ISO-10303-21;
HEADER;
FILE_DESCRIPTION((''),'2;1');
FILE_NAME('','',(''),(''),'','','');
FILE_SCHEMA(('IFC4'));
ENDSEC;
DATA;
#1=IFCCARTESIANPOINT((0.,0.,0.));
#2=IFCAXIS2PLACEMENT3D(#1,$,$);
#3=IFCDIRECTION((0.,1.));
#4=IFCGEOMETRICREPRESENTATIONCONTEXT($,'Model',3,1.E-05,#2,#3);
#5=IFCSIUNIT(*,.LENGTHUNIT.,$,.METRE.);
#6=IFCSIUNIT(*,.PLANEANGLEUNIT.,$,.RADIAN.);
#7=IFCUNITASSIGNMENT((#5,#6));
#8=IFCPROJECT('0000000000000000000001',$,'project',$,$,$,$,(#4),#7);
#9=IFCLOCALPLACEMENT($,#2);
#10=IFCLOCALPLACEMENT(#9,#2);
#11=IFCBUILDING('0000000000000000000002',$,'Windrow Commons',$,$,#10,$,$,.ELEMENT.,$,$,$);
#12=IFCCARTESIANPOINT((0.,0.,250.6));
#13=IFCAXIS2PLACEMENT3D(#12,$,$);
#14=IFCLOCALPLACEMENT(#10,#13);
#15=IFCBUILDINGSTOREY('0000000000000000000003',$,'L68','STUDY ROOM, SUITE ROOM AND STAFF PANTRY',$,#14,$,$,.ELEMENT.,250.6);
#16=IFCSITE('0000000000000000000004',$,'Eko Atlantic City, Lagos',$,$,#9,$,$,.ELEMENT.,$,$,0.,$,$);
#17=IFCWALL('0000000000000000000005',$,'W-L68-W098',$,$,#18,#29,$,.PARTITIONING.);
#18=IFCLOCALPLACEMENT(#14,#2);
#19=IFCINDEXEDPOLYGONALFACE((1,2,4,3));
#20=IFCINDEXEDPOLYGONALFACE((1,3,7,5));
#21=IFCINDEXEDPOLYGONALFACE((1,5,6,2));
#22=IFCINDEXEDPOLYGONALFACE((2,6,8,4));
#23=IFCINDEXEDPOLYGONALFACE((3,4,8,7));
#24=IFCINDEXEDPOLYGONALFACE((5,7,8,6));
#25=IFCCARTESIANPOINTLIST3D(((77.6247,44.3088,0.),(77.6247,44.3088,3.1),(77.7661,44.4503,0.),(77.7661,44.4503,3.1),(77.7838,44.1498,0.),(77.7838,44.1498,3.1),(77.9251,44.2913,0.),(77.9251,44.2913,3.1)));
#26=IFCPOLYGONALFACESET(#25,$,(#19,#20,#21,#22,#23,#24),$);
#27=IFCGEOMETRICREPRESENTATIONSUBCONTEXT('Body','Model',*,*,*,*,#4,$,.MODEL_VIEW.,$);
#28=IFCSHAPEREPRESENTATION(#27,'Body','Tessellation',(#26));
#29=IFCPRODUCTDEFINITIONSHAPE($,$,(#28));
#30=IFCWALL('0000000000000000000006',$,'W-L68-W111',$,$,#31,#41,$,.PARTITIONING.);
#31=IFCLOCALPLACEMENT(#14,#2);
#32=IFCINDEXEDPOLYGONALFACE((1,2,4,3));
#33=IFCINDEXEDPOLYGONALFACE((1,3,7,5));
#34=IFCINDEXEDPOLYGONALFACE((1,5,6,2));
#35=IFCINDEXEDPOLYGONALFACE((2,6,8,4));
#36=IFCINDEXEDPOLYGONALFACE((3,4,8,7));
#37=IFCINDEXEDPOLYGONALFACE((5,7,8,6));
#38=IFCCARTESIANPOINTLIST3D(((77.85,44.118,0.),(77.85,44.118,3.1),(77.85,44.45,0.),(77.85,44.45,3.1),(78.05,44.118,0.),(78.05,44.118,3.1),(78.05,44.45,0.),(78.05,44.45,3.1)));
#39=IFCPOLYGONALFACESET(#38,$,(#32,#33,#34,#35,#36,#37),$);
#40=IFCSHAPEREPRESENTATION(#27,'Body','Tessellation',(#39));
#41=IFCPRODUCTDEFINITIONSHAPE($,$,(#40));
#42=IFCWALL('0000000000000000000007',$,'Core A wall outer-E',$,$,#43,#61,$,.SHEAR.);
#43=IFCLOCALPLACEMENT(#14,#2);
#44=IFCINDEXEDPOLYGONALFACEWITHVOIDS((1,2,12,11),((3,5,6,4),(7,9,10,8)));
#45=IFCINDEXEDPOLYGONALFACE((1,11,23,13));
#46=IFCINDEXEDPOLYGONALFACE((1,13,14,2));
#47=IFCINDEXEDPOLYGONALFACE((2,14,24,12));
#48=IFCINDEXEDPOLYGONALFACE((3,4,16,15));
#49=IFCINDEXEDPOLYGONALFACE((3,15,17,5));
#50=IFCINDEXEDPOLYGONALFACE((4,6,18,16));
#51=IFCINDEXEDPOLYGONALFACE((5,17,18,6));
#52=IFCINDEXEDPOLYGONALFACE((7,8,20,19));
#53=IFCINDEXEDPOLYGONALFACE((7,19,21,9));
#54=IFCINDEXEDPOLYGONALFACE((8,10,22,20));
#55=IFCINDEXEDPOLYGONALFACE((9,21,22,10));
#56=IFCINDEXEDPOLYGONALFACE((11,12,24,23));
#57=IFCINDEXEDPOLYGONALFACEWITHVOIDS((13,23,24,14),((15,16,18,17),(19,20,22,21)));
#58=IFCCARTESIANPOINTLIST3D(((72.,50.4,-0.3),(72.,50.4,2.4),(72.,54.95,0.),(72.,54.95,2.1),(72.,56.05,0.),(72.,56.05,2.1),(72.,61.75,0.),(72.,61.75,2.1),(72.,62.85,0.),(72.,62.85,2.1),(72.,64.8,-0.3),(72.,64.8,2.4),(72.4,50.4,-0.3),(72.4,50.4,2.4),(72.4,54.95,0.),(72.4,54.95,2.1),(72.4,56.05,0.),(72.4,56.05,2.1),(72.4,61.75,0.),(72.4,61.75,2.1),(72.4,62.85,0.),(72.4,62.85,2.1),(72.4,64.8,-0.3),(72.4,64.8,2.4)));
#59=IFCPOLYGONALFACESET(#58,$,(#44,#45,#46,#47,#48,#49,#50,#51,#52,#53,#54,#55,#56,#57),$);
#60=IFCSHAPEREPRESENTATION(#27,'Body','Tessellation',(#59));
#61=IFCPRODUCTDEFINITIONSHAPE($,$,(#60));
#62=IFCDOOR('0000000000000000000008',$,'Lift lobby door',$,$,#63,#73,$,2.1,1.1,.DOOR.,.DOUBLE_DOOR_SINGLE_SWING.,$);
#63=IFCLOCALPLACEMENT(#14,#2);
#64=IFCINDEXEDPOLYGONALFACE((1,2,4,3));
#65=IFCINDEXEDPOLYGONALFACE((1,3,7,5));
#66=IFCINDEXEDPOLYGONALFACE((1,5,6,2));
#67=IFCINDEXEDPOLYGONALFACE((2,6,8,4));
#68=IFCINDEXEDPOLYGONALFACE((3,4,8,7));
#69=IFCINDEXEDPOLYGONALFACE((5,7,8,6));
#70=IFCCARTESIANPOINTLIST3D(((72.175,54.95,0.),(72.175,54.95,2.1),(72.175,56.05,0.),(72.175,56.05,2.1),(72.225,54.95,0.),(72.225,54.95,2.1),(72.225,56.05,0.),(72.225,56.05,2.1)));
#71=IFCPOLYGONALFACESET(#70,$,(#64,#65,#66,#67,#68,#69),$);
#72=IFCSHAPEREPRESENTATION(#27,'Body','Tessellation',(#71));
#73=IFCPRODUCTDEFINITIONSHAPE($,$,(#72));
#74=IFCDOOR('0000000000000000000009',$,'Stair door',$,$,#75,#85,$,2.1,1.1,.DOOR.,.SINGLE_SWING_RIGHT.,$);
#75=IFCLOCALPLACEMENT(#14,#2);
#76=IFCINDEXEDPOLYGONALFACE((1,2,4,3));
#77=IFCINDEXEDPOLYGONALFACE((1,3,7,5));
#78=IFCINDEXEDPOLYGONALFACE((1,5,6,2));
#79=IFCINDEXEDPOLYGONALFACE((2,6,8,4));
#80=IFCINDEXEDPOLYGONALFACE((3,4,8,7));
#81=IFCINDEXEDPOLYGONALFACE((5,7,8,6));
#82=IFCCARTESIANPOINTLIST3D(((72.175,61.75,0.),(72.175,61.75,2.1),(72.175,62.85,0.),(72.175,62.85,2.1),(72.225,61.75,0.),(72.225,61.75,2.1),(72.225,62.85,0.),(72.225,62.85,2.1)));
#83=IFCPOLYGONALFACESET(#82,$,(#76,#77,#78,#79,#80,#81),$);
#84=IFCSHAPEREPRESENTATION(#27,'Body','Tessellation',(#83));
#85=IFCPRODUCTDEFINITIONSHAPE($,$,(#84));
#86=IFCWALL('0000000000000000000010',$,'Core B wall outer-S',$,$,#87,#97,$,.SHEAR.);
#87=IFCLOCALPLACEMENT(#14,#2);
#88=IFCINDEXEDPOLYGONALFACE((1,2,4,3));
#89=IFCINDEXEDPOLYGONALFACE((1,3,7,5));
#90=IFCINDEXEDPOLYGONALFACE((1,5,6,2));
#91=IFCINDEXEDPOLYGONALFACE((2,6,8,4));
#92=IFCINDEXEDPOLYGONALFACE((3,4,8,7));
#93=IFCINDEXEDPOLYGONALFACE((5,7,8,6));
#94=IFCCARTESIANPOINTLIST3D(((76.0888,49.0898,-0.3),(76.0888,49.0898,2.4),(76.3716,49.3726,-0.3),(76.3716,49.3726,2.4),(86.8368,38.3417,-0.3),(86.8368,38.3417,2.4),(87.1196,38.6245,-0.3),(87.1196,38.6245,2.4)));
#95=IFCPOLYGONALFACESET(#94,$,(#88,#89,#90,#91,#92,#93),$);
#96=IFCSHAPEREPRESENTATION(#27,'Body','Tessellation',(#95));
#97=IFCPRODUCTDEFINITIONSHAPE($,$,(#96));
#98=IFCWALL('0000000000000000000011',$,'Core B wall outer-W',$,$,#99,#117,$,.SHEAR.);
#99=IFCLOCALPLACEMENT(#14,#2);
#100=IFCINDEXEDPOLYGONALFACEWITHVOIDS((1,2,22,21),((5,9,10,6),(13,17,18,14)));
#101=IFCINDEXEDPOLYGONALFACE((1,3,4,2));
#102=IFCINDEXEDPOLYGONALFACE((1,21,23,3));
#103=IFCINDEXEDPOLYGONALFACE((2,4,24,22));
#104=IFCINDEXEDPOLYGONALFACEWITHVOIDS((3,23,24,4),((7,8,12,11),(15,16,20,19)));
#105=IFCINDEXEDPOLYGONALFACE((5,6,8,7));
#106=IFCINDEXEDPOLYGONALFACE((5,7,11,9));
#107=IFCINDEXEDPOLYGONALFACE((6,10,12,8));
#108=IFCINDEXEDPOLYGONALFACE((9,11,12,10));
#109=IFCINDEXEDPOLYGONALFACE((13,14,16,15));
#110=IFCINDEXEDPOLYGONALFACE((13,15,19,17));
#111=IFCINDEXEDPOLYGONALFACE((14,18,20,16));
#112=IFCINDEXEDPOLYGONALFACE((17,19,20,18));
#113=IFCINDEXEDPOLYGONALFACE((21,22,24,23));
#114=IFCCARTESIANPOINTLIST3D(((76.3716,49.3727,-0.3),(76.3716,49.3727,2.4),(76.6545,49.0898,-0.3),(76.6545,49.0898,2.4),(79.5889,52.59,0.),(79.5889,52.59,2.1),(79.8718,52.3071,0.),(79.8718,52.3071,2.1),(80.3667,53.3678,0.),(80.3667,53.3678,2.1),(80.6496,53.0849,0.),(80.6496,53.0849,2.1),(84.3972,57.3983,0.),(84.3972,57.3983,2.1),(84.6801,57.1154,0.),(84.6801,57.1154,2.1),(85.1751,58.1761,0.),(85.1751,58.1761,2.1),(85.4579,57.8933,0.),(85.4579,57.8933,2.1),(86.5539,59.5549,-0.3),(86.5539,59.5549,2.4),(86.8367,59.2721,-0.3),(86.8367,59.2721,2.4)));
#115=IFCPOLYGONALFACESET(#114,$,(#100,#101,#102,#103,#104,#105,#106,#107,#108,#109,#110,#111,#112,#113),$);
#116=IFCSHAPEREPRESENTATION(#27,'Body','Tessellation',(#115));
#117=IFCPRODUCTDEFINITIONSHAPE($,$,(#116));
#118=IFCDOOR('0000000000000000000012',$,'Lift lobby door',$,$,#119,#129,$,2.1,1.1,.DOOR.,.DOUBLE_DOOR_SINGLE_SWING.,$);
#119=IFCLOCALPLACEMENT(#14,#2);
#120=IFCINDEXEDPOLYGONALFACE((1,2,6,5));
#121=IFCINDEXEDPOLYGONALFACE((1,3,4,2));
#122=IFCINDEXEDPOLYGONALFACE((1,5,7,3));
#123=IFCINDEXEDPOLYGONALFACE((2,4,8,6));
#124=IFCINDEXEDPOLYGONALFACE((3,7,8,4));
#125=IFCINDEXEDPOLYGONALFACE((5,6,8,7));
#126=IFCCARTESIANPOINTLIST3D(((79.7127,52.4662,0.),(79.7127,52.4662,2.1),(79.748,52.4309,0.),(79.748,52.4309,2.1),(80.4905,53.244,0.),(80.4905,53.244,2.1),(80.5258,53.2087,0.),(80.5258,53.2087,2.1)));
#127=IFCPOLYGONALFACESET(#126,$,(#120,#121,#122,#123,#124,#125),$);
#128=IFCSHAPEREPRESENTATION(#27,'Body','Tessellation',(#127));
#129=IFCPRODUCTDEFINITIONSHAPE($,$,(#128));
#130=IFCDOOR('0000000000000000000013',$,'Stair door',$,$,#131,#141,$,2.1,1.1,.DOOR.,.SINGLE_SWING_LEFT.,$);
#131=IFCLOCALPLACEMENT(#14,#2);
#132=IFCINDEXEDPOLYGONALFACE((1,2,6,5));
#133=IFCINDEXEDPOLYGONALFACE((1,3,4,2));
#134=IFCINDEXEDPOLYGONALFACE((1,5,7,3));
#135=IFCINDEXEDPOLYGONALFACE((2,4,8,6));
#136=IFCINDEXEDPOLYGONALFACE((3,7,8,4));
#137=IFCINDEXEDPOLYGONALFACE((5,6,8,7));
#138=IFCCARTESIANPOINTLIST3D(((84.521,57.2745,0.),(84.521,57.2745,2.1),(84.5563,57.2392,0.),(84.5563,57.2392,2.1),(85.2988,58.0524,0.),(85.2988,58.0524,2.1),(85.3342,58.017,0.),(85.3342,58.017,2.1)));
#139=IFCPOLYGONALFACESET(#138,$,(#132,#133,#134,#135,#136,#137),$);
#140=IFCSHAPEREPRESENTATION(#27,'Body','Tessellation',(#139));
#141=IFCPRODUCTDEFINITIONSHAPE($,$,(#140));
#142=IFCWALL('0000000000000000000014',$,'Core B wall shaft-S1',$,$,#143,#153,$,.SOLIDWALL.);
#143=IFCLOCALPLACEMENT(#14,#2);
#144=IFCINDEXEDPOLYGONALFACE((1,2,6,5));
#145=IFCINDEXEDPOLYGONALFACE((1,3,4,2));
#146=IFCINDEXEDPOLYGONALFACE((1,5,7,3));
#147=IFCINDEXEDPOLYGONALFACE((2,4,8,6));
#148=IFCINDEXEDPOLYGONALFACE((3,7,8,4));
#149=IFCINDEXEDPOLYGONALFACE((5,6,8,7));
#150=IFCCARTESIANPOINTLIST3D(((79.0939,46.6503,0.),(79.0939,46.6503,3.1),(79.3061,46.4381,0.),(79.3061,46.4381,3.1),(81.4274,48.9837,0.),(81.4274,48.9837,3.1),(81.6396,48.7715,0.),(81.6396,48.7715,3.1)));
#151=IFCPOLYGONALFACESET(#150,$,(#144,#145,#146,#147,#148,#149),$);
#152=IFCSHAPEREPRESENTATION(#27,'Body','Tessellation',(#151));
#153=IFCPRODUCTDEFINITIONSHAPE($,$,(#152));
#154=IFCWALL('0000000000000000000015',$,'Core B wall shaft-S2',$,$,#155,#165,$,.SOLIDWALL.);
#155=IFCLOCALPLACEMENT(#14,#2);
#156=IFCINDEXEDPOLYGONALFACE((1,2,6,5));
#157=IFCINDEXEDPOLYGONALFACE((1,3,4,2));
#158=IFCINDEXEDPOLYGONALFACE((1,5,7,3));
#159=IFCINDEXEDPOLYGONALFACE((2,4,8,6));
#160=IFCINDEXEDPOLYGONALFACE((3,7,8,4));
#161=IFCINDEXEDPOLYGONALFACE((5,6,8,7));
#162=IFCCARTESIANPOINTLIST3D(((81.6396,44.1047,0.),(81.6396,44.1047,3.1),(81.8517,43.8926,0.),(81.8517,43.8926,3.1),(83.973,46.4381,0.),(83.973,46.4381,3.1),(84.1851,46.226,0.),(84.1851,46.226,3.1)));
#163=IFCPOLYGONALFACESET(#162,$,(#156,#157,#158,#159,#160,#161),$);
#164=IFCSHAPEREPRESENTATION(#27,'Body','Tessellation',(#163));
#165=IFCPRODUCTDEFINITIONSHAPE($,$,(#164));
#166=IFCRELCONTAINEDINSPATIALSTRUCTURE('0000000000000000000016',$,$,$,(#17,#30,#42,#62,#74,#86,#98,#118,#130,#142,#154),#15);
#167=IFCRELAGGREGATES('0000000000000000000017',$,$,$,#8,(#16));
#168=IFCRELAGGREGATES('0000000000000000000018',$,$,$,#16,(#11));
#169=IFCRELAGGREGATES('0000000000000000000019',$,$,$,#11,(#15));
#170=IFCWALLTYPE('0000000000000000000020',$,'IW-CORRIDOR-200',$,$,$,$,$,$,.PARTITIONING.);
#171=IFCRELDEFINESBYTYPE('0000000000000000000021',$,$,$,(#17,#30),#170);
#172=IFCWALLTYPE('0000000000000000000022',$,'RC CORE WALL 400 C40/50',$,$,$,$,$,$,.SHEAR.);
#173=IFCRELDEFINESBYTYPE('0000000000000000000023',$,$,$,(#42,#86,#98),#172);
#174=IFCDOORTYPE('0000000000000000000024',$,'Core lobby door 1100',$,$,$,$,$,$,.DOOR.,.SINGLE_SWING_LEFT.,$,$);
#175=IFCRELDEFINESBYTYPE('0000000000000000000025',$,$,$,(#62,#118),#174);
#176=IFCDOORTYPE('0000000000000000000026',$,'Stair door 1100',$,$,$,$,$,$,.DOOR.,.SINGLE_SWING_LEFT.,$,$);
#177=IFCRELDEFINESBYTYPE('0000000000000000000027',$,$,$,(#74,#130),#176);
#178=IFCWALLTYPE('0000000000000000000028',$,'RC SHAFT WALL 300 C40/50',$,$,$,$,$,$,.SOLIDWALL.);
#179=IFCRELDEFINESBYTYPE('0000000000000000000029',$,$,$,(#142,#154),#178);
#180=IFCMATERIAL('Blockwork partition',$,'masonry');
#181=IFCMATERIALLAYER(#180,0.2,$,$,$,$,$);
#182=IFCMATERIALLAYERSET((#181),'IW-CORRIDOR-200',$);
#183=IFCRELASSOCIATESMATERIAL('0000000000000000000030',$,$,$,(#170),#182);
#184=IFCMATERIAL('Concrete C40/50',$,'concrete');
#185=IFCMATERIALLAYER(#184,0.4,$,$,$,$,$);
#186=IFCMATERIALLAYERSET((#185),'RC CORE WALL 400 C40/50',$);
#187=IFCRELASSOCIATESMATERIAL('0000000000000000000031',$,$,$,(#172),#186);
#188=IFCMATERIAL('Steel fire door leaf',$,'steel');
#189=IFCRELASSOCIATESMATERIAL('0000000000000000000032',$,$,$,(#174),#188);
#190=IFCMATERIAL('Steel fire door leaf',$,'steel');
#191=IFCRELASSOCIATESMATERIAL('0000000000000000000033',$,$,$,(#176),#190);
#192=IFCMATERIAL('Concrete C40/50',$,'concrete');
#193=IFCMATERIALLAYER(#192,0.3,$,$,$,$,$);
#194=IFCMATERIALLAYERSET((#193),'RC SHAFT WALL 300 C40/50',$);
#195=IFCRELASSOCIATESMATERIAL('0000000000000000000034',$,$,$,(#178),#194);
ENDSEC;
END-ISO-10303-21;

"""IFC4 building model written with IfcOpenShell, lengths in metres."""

from ifc_helpers import new_model, si_unit, direction, frame, frame_2d, origin, place, context, subcontext, project, spatial, rectangle, extrude, material, layer, layer_set, type_object, element, fill, save


model = new_model("IFC4")

# Units and contexts
model_context = context("Model", 3, precision=1e-05, world=origin(), true_north=direction((0.0, 1.0)))
body_context = subcontext(model_context, "Body", "Model", "MODEL_VIEW")
ifc_project = project(units=[si_unit("LENGTHUNIT", "METRE"), si_unit("PLANEANGLEUNIT", "RADIAN")], contexts=[model_context])

# Site, building, storey
site_placement = place(None, origin())
site = spatial("IfcSite", under=ifc_project, at=site_placement, Name="Eko Atlantic City, Lagos", CompositionType="ELEMENT", RefElevation=0.0)
building_placement = place(site_placement, origin())
building = spatial("IfcBuilding", under=site, at=building_placement, Name="Windrow Commons", CompositionType="ELEMENT")
storey_placement = place(building_placement, frame((0.0, 0.0, 250.6)))
storey = spatial("IfcBuildingStorey", under=building, at=storey_placement, Name="L68", Description="STUDY ROOM, SUITE ROOM AND STAFF PANTRY", CompositionType="ELEMENT", Elevation=250.6)

# Shared definitions
ifc_material_1 = material(Name="Blockwork partition", Category="masonry")
ifc_layer_1 = layer(ifc_material_1, 0.2)
ifc_layer_set_1 = layer_set([ifc_layer_1], Name="IW-CORRIDOR-200")
wall_type_1 = type_object("IfcWallType", Name="IW-CORRIDOR-200", PredefinedType="PARTITIONING", material=ifc_layer_set_1)

# Walls
wall_1_placement = place(storey_placement, frame((77.6954, 44.3795, 0.0), z_axis=(0.0, 0.0, 1.0), x_axis=(0.707329, -0.706884, 0.0)))
element("IfcWall", 1, at=wall_1_placement, inside=storey, type_object=wall_type_1, Name="W-L68-W098", PredefinedType="PARTITIONING", context=body_context, shape_type="SweptSolid", body=[
    extrude(rectangle(XDim=0.2249, YDim=0.2, at=frame_2d((0.1124, 0.0))), origin(), (0.0, 0.0, 1.0), 3.1),
])
wall_2_placement = place(storey_placement, frame((77.95, 44.118, 0.0), z_axis=(0.0, 0.0, 1.0), x_axis=(0.0, 1.0, 0.0)))
element("IfcWall", 2, at=wall_2_placement, inside=storey, type_object=wall_type_1, Name="W-L68-W111", PredefinedType="PARTITIONING", context=body_context, shape_type="SweptSolid", body=[
    extrude(rectangle(XDim=0.332, YDim=0.2, at=frame_2d((0.166, 0.0))), origin(), (0.0, 0.0, 1.0), 3.1),
])

# Wall, openings, doors
ifc_material_2 = material(Name="Concrete C40/50", Category="concrete")
ifc_layer_2 = layer(ifc_material_2, 0.4)
ifc_layer_set_2 = layer_set([ifc_layer_2], Name="RC CORE WALL 400 C40/50")
wall_type_2 = type_object("IfcWallType", Name="RC CORE WALL 400 C40/50", PredefinedType="SHEAR", material=ifc_layer_set_2)
wall_3_placement = place(storey_placement, frame((72.2, 50.4, -0.3), z_axis=(0.0, 0.0, 1.0), x_axis=(0.0, 1.0, 0.0)))
wall_3 = element("IfcWall", 3, at=wall_3_placement, inside=storey, type_object=wall_type_2, Name="Core A wall outer-E", PredefinedType="SHEAR", context=body_context, shape_type="SweptSolid", body=[
    extrude(rectangle(XDim=14.4, YDim=0.4, at=frame_2d((7.2, 0.0))), origin(), (0.0, 0.0, 1.0), 2.7),
])
opening_1_placement = place(wall_3_placement, frame((4.55, 0.0, 0.3)))
opening_1 = element("IfcOpeningElement", 4, at=opening_1_placement, cuts=wall_3, PredefinedType="OPENING", context=body_context, shape_type="SweptSolid", body=[
    extrude(rectangle(XDim=1.1, YDim=2.1, at=frame_2d((0.55, 1.05))), frame((0.0, 0.21, 0.0), z_axis=(0.0, -1.0, 0.0), x_axis=(1.0, 0.0, 0.0)), (0.0, 0.0, 1.0), 0.42),
])
opening_2_placement = place(wall_3_placement, frame((11.35, 0.0, 0.3)))
opening_2 = element("IfcOpeningElement", 5, at=opening_2_placement, cuts=wall_3, PredefinedType="OPENING", context=body_context, shape_type="SweptSolid", body=[
    extrude(rectangle(XDim=1.1, YDim=2.1, at=frame_2d((0.55, 1.05))), frame((0.0, 0.21, 0.0), z_axis=(0.0, -1.0, 0.0), x_axis=(1.0, 0.0, 0.0)), (0.0, 0.0, 1.0), 0.42),
])
ifc_material_3 = material(Name="Steel fire door leaf", Category="steel")
door_type_1 = type_object("IfcDoorType", Name="Core lobby door 1100", OperationType="SINGLE_SWING_LEFT", PredefinedType="DOOR", material=ifc_material_3)
door_1_placement = place(opening_1_placement, origin())
door_1 = element("IfcDoor", 6, at=door_1_placement, inside=storey, type_object=door_type_1, Name="Lift lobby door", OperationType="DOUBLE_DOOR_SINGLE_SWING", OverallHeight=2.1, OverallWidth=1.1, PredefinedType="DOOR", context=body_context, shape_type="SweptSolid", body=[
    extrude(rectangle(XDim=1.1, YDim=2.1, at=frame_2d((0.55, 1.05))), frame((0.0, 0.025, 0.0), z_axis=(0.0, -1.0, 0.0), x_axis=(1.0, 0.0, 0.0)), (0.0, 0.0, 1.0), 0.05),
])
fill(opening_1, door_1)
ifc_material_4 = material(Name="Steel fire door leaf", Category="steel")
door_type_2 = type_object("IfcDoorType", Name="Stair door 1100", OperationType="SINGLE_SWING_LEFT", PredefinedType="DOOR", material=ifc_material_4)
door_2_placement = place(opening_2_placement, origin())
door_2 = element("IfcDoor", 7, at=door_2_placement, inside=storey, type_object=door_type_2, Name="Stair door", OperationType="SINGLE_SWING_RIGHT", OverallHeight=2.1, OverallWidth=1.1, PredefinedType="DOOR", context=body_context, shape_type="SweptSolid", body=[
    extrude(rectangle(XDim=1.1, YDim=2.1, at=frame_2d((0.55, 1.05))), frame((0.0, 0.025, 0.0), z_axis=(0.0, -1.0, 0.0), x_axis=(1.0, 0.0, 0.0)), (0.0, 0.0, 1.0), 0.05),
])
fill(opening_2, door_2)

# Wall
wall_4_placement = place(storey_placement, frame((76.2302, 49.2312, -0.3), z_axis=(0.0, 0.0, 1.0), x_axis=(0.707103, -0.70711, 0.0)))
element("IfcWall", 8, at=wall_4_placement, inside=storey, type_object=wall_type_2, Name="Core B wall outer-S", PredefinedType="SHEAR", context=body_context, shape_type="SweptSolid", body=[
    extrude(rectangle(XDim=15.2, YDim=0.4, at=frame_2d((7.6, 0.0))), origin(), (0.0, 0.0, 1.0), 2.7),
])

# Wall, openings, doors
wall_5_placement = place(storey_placement, frame((76.513, 49.2312, -0.3), z_axis=(0.0, 0.0, 1.0), x_axis=(0.707107, 0.707107, 0.0)))
wall_5 = element("IfcWall", 9, at=wall_5_placement, inside=storey, type_object=wall_type_2, Name="Core B wall outer-W", PredefinedType="SHEAR", context=body_context, shape_type="SweptSolid", body=[
    extrude(rectangle(XDim=14.3999, YDim=0.4, at=frame_2d((7.2, 0.0))), origin(), (0.0, 0.0, 1.0), 2.7),
])
opening_3_placement = place(wall_5_placement, frame((4.55, 0.0, 0.3)))
opening_3 = element("IfcOpeningElement", 10, at=opening_3_placement, cuts=wall_5, PredefinedType="OPENING", context=body_context, shape_type="SweptSolid", body=[
    extrude(rectangle(XDim=1.1, YDim=2.1, at=frame_2d((0.55, 1.05))), frame((0.0, 0.21, 0.0), z_axis=(0.0, -1.0, 0.0), x_axis=(1.0, 0.0, 0.0)), (0.0, 0.0, 1.0), 0.42),
])
opening_4_placement = place(wall_5_placement, frame((11.35, 0.0, 0.3)))
opening_4 = element("IfcOpeningElement", 11, at=opening_4_placement, cuts=wall_5, PredefinedType="OPENING", context=body_context, shape_type="SweptSolid", body=[
    extrude(rectangle(XDim=1.1, YDim=2.1, at=frame_2d((0.55, 1.05))), frame((0.0, 0.21, 0.0), z_axis=(0.0, -1.0, 0.0), x_axis=(1.0, 0.0, 0.0)), (0.0, 0.0, 1.0), 0.42),
])
door_3_placement = place(opening_3_placement, origin())
door_3 = element("IfcDoor", 12, at=door_3_placement, inside=storey, type_object=door_type_1, Name="Lift lobby door", OperationType="DOUBLE_DOOR_SINGLE_SWING", OverallHeight=2.1, OverallWidth=1.1, PredefinedType="DOOR", context=body_context, shape_type="SweptSolid", body=[
    extrude(rectangle(XDim=1.1, YDim=2.1, at=frame_2d((0.55, 1.05))), frame((0.0, 0.025, 0.0), z_axis=(0.0, -1.0, 0.0), x_axis=(1.0, 0.0, 0.0)), (0.0, 0.0, 1.0), 0.05),
])
fill(opening_3, door_3)
door_4_placement = place(opening_4_placement, origin())
door_4 = element("IfcDoor", 13, at=door_4_placement, inside=storey, type_object=door_type_2, Name="Stair door", OperationType="SINGLE_SWING_LEFT", OverallHeight=2.1, OverallWidth=1.1, PredefinedType="DOOR", context=body_context, shape_type="SweptSolid", body=[
    extrude(rectangle(XDim=1.1, YDim=2.1, at=frame_2d((0.55, 1.05))), frame((0.0, 0.025, 0.0), z_axis=(0.0, -1.0, 0.0), x_axis=(1.0, 0.0, 0.0)), (0.0, 0.0, 1.0), 0.05),
])
fill(opening_4, door_4)

# Walls
ifc_material_5 = material(Name="Concrete C40/50", Category="concrete")
ifc_layer_3 = layer(ifc_material_5, 0.3)
ifc_layer_set_3 = layer_set([ifc_layer_3], Name="RC SHAFT WALL 300 C40/50")
wall_type_3 = type_object("IfcWallType", Name="RC SHAFT WALL 300 C40/50", PredefinedType="SOLIDWALL", material=ifc_layer_set_3)
wall_6_placement = place(storey_placement, frame((79.2, 46.5442, 0.0), z_axis=(0.0, 0.0, 1.0), x_axis=(0.707122, 0.707092, 0.0)))
element("IfcWall", 14, at=wall_6_placement, inside=storey, type_object=wall_type_3, Name="Core B wall shaft-S1", PredefinedType="SOLIDWALL", context=body_context, shape_type="SweptSolid", body=[
    extrude(rectangle(XDim=3.3, YDim=0.3, at=frame_2d((1.65, 0.0))), origin(), (0.0, 0.0, 1.0), 3.1),
])
wall_7_placement = place(storey_placement, frame((81.7456, 43.9986, 0.0), z_axis=(0.0, 0.0, 1.0), x_axis=(0.707107, 0.707107, 0.0)))
element("IfcWall", 15, at=wall_7_placement, inside=storey, type_object=wall_type_3, Name="Core B wall shaft-S2", PredefinedType="SOLIDWALL", context=body_context, shape_type="SweptSolid", body=[
    extrude(rectangle(XDim=3.2999, YDim=0.3, at=frame_2d((1.65, 0.0))), origin(), (0.0, 0.0, 1.0), 3.1),
])

save(model, "model.ifc")
